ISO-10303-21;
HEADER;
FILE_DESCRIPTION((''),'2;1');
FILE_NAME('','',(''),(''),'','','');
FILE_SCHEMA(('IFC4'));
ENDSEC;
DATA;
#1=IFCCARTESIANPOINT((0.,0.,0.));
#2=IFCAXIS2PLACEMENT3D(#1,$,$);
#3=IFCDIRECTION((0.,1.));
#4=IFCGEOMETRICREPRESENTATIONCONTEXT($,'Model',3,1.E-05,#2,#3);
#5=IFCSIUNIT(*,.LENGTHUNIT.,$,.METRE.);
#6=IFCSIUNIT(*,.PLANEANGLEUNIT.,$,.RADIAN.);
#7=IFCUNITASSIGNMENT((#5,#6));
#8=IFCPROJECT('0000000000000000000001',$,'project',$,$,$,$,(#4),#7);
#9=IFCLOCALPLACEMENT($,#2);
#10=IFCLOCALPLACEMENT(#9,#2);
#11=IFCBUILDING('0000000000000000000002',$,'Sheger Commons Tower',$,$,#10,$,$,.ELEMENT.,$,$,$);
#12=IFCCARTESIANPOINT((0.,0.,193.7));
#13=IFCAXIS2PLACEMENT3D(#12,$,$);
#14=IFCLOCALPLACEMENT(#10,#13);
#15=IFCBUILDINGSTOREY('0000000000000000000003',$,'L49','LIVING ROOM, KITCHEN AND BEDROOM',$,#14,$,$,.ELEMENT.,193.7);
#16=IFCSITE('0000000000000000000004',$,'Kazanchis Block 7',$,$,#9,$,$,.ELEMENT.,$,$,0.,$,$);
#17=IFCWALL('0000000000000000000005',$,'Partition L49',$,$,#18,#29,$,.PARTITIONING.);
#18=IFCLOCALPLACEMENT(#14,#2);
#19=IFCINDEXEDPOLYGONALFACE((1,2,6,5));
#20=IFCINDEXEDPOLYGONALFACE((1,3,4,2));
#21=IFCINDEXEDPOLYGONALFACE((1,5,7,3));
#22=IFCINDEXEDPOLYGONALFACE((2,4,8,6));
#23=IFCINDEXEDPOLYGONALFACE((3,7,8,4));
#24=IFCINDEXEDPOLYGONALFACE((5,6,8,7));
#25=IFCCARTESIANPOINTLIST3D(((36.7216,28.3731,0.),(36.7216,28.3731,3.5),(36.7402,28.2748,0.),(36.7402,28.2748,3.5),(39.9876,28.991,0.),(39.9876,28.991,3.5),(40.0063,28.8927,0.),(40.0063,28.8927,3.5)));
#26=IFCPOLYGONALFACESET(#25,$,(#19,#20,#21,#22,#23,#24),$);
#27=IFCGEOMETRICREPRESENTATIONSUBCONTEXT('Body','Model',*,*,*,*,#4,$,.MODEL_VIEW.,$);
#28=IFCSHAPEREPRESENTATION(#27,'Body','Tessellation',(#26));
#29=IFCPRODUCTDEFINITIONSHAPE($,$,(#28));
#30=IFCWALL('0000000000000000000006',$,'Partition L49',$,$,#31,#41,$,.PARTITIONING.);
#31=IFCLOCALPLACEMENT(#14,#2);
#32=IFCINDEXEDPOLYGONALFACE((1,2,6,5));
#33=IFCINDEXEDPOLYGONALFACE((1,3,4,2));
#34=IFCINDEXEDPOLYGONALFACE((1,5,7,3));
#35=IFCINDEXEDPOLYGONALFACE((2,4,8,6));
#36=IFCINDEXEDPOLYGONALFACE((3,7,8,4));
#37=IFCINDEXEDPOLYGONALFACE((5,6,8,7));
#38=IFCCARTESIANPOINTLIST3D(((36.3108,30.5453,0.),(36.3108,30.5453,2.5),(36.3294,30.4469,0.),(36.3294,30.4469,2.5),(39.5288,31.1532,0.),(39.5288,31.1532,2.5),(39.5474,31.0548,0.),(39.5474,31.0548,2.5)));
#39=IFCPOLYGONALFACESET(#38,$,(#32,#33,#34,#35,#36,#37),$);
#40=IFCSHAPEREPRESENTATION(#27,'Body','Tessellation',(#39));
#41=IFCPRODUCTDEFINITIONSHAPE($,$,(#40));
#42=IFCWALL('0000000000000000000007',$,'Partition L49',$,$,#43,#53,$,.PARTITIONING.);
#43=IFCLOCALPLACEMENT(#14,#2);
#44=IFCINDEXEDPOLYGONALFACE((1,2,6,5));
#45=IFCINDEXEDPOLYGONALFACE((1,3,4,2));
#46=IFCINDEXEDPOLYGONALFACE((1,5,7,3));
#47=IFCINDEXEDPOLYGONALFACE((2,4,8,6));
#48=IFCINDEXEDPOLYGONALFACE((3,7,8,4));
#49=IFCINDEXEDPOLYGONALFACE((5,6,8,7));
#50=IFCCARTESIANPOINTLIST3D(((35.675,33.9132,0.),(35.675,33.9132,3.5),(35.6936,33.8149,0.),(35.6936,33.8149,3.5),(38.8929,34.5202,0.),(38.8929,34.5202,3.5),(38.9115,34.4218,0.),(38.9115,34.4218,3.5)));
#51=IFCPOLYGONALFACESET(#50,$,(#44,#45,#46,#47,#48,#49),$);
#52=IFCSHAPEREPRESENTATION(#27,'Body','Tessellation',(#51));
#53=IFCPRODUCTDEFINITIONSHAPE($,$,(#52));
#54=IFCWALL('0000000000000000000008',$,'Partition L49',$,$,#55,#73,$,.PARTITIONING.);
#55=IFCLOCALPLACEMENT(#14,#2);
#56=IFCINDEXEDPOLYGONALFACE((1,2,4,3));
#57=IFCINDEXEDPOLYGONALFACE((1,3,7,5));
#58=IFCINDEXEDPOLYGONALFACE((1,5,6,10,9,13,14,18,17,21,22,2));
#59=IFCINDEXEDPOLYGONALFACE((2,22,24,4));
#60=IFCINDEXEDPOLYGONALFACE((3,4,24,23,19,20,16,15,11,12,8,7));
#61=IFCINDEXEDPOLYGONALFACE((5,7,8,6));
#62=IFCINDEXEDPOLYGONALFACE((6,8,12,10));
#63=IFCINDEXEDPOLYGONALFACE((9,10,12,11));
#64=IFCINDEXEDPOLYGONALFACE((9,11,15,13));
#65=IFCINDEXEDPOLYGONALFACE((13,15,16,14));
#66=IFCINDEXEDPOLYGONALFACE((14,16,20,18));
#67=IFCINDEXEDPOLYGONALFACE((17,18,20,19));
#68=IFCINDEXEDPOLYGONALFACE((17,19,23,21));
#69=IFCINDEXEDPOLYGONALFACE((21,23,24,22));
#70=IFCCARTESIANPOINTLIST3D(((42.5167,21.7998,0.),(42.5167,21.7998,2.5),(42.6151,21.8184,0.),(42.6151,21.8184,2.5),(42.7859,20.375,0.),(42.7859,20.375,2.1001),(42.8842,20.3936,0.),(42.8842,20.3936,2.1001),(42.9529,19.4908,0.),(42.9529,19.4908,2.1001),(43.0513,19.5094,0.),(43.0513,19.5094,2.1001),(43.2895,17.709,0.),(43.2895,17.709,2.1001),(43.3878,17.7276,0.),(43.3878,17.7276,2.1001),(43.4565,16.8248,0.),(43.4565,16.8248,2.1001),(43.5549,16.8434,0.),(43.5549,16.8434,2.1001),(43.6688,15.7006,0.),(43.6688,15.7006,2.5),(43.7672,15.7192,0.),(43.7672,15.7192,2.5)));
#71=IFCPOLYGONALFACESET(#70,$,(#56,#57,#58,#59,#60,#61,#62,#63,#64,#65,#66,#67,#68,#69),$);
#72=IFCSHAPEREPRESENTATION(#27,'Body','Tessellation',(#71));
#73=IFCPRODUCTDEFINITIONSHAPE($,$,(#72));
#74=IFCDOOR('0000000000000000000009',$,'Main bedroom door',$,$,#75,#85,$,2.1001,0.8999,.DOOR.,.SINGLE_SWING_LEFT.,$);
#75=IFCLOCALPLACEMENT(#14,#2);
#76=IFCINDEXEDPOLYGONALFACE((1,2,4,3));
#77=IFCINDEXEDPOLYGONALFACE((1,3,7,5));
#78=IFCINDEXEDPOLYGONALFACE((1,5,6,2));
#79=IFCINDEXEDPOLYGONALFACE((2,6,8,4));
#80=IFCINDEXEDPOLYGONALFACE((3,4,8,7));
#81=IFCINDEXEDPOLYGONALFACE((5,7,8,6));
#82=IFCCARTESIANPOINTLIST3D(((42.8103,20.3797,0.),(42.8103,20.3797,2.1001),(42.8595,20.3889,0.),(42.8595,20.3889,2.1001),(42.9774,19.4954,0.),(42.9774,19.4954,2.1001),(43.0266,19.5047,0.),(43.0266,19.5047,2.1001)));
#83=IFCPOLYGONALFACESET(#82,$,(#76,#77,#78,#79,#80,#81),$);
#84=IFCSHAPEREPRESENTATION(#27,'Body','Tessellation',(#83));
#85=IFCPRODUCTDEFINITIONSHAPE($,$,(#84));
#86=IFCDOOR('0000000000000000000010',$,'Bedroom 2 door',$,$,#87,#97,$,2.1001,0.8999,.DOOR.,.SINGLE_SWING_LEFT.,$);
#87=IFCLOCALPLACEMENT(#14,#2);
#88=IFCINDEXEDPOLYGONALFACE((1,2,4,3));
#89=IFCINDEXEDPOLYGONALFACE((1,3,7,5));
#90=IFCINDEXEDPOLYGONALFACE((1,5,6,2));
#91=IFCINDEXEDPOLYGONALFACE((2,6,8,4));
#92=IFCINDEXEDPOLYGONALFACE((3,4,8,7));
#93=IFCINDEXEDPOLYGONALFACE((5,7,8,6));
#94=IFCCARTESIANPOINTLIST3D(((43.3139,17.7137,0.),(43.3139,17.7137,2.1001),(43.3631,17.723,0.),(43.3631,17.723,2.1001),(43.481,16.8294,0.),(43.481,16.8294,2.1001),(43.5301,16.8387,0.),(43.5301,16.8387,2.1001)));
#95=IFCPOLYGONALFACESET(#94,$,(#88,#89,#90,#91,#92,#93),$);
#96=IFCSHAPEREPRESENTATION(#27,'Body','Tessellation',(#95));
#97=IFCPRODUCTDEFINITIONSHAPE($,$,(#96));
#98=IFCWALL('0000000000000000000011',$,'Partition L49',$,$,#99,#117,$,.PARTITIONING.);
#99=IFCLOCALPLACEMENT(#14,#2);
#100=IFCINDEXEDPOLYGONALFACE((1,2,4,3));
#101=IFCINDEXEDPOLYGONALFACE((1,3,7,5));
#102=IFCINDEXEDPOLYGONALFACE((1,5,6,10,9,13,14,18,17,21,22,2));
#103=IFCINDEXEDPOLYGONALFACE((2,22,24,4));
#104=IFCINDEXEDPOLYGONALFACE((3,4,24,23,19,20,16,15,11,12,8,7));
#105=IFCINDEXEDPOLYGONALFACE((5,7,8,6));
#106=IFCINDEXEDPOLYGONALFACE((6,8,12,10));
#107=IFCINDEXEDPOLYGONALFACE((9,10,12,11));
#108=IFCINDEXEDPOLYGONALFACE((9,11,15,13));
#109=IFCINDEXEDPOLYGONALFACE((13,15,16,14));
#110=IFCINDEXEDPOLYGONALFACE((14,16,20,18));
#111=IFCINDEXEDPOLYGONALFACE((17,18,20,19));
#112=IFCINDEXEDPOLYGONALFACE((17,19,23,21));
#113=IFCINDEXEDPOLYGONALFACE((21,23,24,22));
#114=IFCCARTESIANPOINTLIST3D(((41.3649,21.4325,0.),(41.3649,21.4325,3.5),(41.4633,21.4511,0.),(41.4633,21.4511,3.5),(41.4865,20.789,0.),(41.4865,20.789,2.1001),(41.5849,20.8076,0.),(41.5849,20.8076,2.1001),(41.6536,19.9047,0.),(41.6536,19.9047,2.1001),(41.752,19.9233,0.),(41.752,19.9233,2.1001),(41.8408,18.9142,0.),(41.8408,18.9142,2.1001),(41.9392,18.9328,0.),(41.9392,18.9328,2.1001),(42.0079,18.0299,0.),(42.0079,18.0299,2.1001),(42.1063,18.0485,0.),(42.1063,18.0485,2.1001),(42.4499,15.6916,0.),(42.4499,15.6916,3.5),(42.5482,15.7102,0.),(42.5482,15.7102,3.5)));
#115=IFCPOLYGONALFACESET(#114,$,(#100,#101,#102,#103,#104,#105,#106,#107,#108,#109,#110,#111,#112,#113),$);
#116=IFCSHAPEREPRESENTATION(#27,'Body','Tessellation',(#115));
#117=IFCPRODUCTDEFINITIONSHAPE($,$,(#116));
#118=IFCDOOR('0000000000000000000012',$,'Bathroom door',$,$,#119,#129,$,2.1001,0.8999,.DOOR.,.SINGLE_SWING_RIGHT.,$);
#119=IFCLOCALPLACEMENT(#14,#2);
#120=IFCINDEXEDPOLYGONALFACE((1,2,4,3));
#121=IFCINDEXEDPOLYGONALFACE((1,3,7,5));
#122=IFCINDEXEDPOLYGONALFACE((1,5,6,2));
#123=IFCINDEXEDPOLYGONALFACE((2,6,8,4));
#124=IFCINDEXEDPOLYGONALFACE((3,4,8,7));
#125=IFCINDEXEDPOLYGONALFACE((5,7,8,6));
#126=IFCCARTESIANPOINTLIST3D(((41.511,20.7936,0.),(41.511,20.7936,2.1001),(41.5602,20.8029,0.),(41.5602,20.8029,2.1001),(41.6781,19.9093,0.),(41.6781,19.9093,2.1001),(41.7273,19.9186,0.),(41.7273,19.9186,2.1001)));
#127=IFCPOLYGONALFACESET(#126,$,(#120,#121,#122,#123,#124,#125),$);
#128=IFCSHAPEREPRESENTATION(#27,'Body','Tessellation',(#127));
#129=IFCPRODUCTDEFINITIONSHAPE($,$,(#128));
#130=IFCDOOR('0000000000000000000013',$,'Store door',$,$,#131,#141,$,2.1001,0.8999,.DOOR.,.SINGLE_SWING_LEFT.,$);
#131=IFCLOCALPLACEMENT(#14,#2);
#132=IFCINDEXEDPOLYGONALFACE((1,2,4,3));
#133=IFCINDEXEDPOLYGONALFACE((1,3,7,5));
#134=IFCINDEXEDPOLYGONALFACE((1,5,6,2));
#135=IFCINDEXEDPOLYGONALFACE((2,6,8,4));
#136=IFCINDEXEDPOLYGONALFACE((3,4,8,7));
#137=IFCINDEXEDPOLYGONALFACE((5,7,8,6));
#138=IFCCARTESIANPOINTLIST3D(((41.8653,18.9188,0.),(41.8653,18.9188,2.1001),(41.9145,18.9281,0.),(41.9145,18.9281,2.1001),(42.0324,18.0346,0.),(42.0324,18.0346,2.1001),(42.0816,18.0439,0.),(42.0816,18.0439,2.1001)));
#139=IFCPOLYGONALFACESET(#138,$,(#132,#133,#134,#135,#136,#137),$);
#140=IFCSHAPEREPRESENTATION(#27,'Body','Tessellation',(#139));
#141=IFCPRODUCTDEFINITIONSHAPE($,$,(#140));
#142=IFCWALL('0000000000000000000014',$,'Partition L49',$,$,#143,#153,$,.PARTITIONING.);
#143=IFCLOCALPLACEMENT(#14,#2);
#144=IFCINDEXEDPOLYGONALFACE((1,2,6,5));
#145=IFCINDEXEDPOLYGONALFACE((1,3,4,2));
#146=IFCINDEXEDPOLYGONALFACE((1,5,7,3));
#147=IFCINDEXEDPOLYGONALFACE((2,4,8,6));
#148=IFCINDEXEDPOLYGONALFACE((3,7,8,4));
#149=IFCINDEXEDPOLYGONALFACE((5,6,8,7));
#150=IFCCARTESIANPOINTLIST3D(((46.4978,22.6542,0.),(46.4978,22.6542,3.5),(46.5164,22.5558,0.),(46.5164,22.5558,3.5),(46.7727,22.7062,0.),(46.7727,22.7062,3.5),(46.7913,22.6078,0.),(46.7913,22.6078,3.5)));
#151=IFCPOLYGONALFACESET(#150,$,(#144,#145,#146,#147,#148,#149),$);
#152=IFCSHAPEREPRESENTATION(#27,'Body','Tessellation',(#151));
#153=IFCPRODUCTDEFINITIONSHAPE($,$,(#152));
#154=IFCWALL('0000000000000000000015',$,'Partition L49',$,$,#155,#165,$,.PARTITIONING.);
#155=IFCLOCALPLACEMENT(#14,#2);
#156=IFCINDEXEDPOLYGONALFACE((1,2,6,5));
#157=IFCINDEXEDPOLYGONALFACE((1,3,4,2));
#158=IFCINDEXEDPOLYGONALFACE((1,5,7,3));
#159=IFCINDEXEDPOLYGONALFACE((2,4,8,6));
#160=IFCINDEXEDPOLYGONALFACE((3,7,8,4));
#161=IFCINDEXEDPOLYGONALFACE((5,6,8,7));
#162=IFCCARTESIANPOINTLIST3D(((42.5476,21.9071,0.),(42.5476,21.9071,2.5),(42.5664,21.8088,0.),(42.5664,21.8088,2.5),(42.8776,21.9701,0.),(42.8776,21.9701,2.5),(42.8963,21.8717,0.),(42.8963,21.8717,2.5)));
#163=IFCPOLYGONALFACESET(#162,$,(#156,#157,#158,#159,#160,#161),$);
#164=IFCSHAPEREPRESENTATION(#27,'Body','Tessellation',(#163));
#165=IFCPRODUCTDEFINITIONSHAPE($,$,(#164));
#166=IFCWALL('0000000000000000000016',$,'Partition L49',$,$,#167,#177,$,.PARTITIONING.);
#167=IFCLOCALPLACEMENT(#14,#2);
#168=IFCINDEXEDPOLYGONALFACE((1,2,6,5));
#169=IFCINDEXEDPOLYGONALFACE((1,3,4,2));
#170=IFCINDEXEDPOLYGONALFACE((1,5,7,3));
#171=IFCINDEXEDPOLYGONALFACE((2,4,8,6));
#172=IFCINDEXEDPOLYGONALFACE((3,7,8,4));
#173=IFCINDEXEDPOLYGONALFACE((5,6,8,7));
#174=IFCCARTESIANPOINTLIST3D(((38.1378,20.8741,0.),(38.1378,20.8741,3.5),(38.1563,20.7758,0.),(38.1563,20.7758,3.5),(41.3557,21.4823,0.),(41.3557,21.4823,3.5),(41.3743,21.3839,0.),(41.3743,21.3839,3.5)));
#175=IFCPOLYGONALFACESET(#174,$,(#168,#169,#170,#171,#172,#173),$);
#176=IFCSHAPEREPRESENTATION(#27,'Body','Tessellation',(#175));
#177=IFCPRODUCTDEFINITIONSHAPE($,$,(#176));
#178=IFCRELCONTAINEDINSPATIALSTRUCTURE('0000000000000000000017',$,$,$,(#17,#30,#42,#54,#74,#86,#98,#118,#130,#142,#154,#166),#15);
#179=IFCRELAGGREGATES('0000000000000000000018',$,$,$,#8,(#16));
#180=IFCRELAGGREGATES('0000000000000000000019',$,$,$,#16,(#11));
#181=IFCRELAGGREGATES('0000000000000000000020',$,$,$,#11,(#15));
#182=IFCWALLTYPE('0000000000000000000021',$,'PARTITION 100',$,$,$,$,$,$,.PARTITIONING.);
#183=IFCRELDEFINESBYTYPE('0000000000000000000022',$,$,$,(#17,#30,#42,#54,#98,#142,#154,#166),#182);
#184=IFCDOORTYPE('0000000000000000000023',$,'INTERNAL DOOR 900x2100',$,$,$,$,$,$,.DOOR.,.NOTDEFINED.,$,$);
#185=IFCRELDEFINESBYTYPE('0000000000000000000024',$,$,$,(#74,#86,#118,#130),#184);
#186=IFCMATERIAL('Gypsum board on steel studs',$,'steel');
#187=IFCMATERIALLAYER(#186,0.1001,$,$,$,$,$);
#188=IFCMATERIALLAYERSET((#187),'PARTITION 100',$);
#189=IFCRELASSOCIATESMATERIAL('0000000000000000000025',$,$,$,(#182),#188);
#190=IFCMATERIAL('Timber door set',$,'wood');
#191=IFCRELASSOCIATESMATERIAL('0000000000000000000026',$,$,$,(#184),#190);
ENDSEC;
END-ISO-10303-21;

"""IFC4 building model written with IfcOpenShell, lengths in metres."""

from ifc_helpers import new_model, si_unit, direction, frame, frame_2d, origin, place, context, subcontext, project, spatial, rectangle, extrude, material, layer, layer_set, type_object, element, fill, save


model = new_model("IFC4")

# Units and contexts
model_context = context("Model", 3, precision=1e-05, world=origin(), true_north=direction((0.0, 1.0)))
body_context = subcontext(model_context, "Body", "Model", "MODEL_VIEW")
ifc_project = project(units=[si_unit("LENGTHUNIT", "METRE"), si_unit("PLANEANGLEUNIT", "RADIAN")], contexts=[model_context])

# Site, building, storey
site_placement = place(None, origin())
site = spatial("IfcSite", under=ifc_project, at=site_placement, Name="Kazanchis Block 7", CompositionType="ELEMENT", RefElevation=0.0)
building_placement = place(site_placement, origin())
building = spatial("IfcBuilding", under=site, at=building_placement, Name="Sheger Commons Tower", CompositionType="ELEMENT")
storey_placement = place(building_placement, frame((0.0, 0.0, 193.7)))
storey = spatial("IfcBuildingStorey", under=building, at=storey_placement, Name="L49", Description="LIVING ROOM, KITCHEN AND BEDROOM", CompositionType="ELEMENT", Elevation=193.7)

# Walls
ifc_material_1 = material(Name="Gypsum board on steel studs", Category="steel")
ifc_layer_1 = layer(ifc_material_1, 0.1001)
ifc_layer_set_1 = layer_set([ifc_layer_1], Name="PARTITION 100")
wall_type_1 = type_object("IfcWallType", Name="PARTITION 100", PredefinedType="PARTITIONING", material=ifc_layer_set_1)
wall_1_placement = place(storey_placement, frame((39.9971, 28.9419, 0.0), z_axis=(0.0, 0.0, 1.0), x_axis=(-0.98257, -0.185894, 0.0)))
element("IfcWall", 1, at=wall_1_placement, inside=storey, type_object=wall_type_1, Name="Partition L49", PredefinedType="PARTITIONING", context=body_context, shape_type="SweptSolid", body=[
    extrude(rectangle(XDim=3.324, YDim=0.1001, at=frame_2d((1.6621, 0.0))), origin(), (0.0, 0.0, 1.0), 3.5),
])
wall_2_placement = place(storey_placement, frame((39.5381, 31.104, 0.0), z_axis=(0.0, 0.0, 1.0), x_axis=(-0.982621, -0.185625, 0.0)))
element("IfcWall", 2, at=wall_2_placement, inside=storey, type_object=wall_type_1, Name="Partition L49", PredefinedType="PARTITIONING", context=body_context, shape_type="SweptSolid", body=[
    extrude(rectangle(XDim=3.2749, YDim=0.1001, at=frame_2d((1.6375, 0.0))), origin(), (0.0, 0.0, 1.0), 2.5),
])
wall_3_placement = place(storey_placement, frame((38.9021, 34.4709, 0.0), z_axis=(0.0, 0.0, 1.0), x_axis=(-0.982675, -0.185337, 0.0)))
element("IfcWall", 3, at=wall_3_placement, inside=storey, type_object=wall_type_1, Name="Partition L49", PredefinedType="PARTITIONING", context=body_context, shape_type="SweptSolid", body=[
    extrude(rectangle(XDim=3.2747, YDim=0.1001, at=frame_2d((1.6372, 0.0))), origin(), (0.0, 0.0, 1.0), 3.5),
])

# Walls, openings, doors
wall_4_placement = place(storey_placement, frame((42.5659, 21.8091, 0.0), z_axis=(0.0, 0.0, 1.0), x_axis=(0.185614, -0.982623, 0.0)))
wall_4 = element("IfcWall", 4, at=wall_4_placement, inside=storey, type_object=wall_type_1, Name="Partition L49", PredefinedType="PARTITIONING", context=body_context, shape_type="SweptSolid", body=[
    extrude(rectangle(XDim=6.207, YDim=0.1001, at=frame_2d((3.1035, 0.0))), origin(), (0.0, 0.0, 1.0), 2.5),
])
opening_1_placement = place(wall_4_placement, frame((1.45, 0.0, 0.0)))
opening_1 = element("IfcOpeningElement", 5, at=opening_1_placement, cuts=wall_4, PredefinedType="OPENING", context=body_context, shape_type="SweptSolid", body=[
    extrude(rectangle(XDim=0.8999, YDim=2.1001, at=frame_2d((0.45, 1.05))), frame((0.0, 0.0601, 0.0), z_axis=(0.0, -1.0, 0.0), x_axis=(1.0, 0.0, 0.0)), (0.0, 0.0, 1.0), 0.1201),
])
opening_2_placement = place(wall_4_placement, frame((4.1631, 0.0, 0.0)))
opening_2 = element("IfcOpeningElement", 6, at=opening_2_placement, cuts=wall_4, PredefinedType="OPENING", context=body_context, shape_type="SweptSolid", body=[
    extrude(rectangle(XDim=0.8999, YDim=2.1001, at=frame_2d((0.45, 1.05))), frame((0.0, 0.0601, 0.0), z_axis=(0.0, -1.0, 0.0), x_axis=(1.0, 0.0, 0.0)), (0.0, 0.0, 1.0), 0.1201),
])
ifc_material_2 = material(Name="Timber door set", Category="wood")
door_type = type_object("IfcDoorType", Name="INTERNAL DOOR 900x2100", OperationType="NOTDEFINED", PredefinedType="DOOR", material=ifc_material_2)
door_1_placement = place(opening_1_placement, origin())
door_1 = element("IfcDoor", 7, at=door_1_placement, inside=storey, type_object=door_type, Name="Main bedroom door", OperationType="SINGLE_SWING_LEFT", OverallHeight=2.1001, OverallWidth=0.8999, PredefinedType="DOOR", context=body_context, shape_type="SweptSolid", body=[
    extrude(rectangle(XDim=0.8999, YDim=2.1001, at=frame_2d((0.45, 1.05))), frame((0.0, 0.0249, 0.0), z_axis=(0.0, -1.0, 0.0), x_axis=(1.0, 0.0, 0.0)), (0.0, 0.0, 1.0), 0.05),
])
fill(opening_1, door_1)
door_2_placement = place(opening_2_placement, origin())
door_2 = element("IfcDoor", 8, at=door_2_placement, inside=storey, type_object=door_type, Name="Bedroom 2 door", OperationType="SINGLE_SWING_LEFT", OverallHeight=2.1001, OverallWidth=0.8999, PredefinedType="DOOR", context=body_context, shape_type="SweptSolid", body=[
    extrude(rectangle(XDim=0.8999, YDim=2.1001, at=frame_2d((0.45, 1.05))), frame((0.0, 0.0249, 0.0), z_axis=(0.0, -1.0, 0.0), x_axis=(1.0, 0.0, 0.0)), (0.0, 0.0, 1.0), 0.05),
])
fill(opening_2, door_2)
wall_5_placement = place(storey_placement, frame((41.4141, 21.4419, 0.0), z_axis=(0.0, 0.0, 1.0), x_axis=(0.185699, -0.982607, 0.0)))
wall_5 = element("IfcWall", 9, at=wall_5_placement, inside=storey, type_object=wall_type_1, Name="Partition L49", PredefinedType="PARTITIONING", context=body_context, shape_type="SweptSolid", body=[
    extrude(rectangle(XDim=5.8425, YDim=0.1001, at=frame_2d((2.9214, 0.0))), origin(), (0.0, 0.0, 1.0), 3.5),
])
opening_3_placement = place(wall_5_placement, frame((0.655, 0.0, 0.0)))
opening_3 = element("IfcOpeningElement", 10, at=opening_3_placement, cuts=wall_5, PredefinedType="OPENING", context=body_context, shape_type="SweptSolid", body=[
    extrude(rectangle(XDim=0.8999, YDim=2.1001, at=frame_2d((0.45, 1.05))), frame((0.0, 0.0601, 0.0), z_axis=(0.0, -1.0, 0.0), x_axis=(1.0, 0.0, 0.0)), (0.0, 0.0, 1.0), 0.1201),
])
opening_4_placement = place(wall_5_placement, frame((2.563, 0.0, 0.0)))
opening_4 = element("IfcOpeningElement", 11, at=opening_4_placement, cuts=wall_5, PredefinedType="OPENING", context=body_context, shape_type="SweptSolid", body=[
    extrude(rectangle(XDim=0.8999, YDim=2.1001, at=frame_2d((0.45, 1.05))), frame((0.0, 0.0601, 0.0), z_axis=(0.0, -1.0, 0.0), x_axis=(1.0, 0.0, 0.0)), (0.0, 0.0, 1.0), 0.1201),
])
door_3_placement = place(opening_3_placement, origin())
door_3 = element("IfcDoor", 12, at=door_3_placement, inside=storey, type_object=door_type, Name="Bathroom door", OperationType="SINGLE_SWING_RIGHT", OverallHeight=2.1001, OverallWidth=0.8999, PredefinedType="DOOR", context=body_context, shape_type="SweptSolid", body=[
    extrude(rectangle(XDim=0.8999, YDim=2.1001, at=frame_2d((0.45, 1.05))), frame((0.0, 0.0249, 0.0), z_axis=(0.0, -1.0, 0.0), x_axis=(1.0, 0.0, 0.0)), (0.0, 0.0, 1.0), 0.05),
])
fill(opening_3, door_3)
door_4_placement = place(opening_4_placement, origin())
door_4 = element("IfcDoor", 13, at=door_4_placement, inside=storey, type_object=door_type, Name="Store door", OperationType="SINGLE_SWING_LEFT", OverallHeight=2.1001, OverallWidth=0.8999, PredefinedType="DOOR", context=body_context, shape_type="SweptSolid", body=[
    extrude(rectangle(XDim=0.8999, YDim=2.1001, at=frame_2d((0.45, 1.05))), frame((0.0, 0.0249, 0.0), z_axis=(0.0, -1.0, 0.0), x_axis=(1.0, 0.0, 0.0)), (0.0, 0.0, 1.0), 0.05),
])
fill(opening_4, door_4)

# Walls
wall_6_placement = place(storey_placement, frame((46.782, 22.657, 0.0), z_axis=(0.0, 0.0, 1.0), x_axis=(-0.982575, -0.185869, 0.0)))
element("IfcWall", 14, at=wall_6_placement, inside=storey, type_object=wall_type_1, Name="Partition L49", PredefinedType="PARTITIONING", context=body_context, shape_type="SweptSolid", body=[
    extrude(rectangle(XDim=0.2798, YDim=0.1001, at=frame_2d((0.1399, 0.0))), origin(), (0.0, 0.0, 1.0), 3.5),
])
wall_7_placement = place(storey_placement, frame((42.887, 21.9209, 0.0), z_axis=(0.0, 0.0, 1.0), x_axis=(-0.982275, -0.187446, 0.0)))
element("IfcWall", 15, at=wall_7_placement, inside=storey, type_object=wall_type_1, Name="Partition L49", PredefinedType="PARTITIONING", context=body_context, shape_type="SweptSolid", body=[
    extrude(rectangle(XDim=0.3359, YDim=0.1001, at=frame_2d((0.168, 0.0))), origin(), (0.0, 0.0, 1.0), 2.5),
])
wall_8_placement = place(storey_placement, frame((41.365, 21.4331, 0.0), z_axis=(0.0, 0.0, 1.0), x_axis=(-0.982607, -0.185697, 0.0)))
element("IfcWall", 16, at=wall_8_placement, inside=storey, type_object=wall_type_1, Name="Partition L49", PredefinedType="PARTITIONING", context=body_context, shape_type="SweptSolid", body=[
    extrude(rectangle(XDim=3.2749, YDim=0.1001, at=frame_2d((1.6375, 0.0))), origin(), (0.0, 0.0, 1.0), 3.5),
])

save(model, "model.ifc")
